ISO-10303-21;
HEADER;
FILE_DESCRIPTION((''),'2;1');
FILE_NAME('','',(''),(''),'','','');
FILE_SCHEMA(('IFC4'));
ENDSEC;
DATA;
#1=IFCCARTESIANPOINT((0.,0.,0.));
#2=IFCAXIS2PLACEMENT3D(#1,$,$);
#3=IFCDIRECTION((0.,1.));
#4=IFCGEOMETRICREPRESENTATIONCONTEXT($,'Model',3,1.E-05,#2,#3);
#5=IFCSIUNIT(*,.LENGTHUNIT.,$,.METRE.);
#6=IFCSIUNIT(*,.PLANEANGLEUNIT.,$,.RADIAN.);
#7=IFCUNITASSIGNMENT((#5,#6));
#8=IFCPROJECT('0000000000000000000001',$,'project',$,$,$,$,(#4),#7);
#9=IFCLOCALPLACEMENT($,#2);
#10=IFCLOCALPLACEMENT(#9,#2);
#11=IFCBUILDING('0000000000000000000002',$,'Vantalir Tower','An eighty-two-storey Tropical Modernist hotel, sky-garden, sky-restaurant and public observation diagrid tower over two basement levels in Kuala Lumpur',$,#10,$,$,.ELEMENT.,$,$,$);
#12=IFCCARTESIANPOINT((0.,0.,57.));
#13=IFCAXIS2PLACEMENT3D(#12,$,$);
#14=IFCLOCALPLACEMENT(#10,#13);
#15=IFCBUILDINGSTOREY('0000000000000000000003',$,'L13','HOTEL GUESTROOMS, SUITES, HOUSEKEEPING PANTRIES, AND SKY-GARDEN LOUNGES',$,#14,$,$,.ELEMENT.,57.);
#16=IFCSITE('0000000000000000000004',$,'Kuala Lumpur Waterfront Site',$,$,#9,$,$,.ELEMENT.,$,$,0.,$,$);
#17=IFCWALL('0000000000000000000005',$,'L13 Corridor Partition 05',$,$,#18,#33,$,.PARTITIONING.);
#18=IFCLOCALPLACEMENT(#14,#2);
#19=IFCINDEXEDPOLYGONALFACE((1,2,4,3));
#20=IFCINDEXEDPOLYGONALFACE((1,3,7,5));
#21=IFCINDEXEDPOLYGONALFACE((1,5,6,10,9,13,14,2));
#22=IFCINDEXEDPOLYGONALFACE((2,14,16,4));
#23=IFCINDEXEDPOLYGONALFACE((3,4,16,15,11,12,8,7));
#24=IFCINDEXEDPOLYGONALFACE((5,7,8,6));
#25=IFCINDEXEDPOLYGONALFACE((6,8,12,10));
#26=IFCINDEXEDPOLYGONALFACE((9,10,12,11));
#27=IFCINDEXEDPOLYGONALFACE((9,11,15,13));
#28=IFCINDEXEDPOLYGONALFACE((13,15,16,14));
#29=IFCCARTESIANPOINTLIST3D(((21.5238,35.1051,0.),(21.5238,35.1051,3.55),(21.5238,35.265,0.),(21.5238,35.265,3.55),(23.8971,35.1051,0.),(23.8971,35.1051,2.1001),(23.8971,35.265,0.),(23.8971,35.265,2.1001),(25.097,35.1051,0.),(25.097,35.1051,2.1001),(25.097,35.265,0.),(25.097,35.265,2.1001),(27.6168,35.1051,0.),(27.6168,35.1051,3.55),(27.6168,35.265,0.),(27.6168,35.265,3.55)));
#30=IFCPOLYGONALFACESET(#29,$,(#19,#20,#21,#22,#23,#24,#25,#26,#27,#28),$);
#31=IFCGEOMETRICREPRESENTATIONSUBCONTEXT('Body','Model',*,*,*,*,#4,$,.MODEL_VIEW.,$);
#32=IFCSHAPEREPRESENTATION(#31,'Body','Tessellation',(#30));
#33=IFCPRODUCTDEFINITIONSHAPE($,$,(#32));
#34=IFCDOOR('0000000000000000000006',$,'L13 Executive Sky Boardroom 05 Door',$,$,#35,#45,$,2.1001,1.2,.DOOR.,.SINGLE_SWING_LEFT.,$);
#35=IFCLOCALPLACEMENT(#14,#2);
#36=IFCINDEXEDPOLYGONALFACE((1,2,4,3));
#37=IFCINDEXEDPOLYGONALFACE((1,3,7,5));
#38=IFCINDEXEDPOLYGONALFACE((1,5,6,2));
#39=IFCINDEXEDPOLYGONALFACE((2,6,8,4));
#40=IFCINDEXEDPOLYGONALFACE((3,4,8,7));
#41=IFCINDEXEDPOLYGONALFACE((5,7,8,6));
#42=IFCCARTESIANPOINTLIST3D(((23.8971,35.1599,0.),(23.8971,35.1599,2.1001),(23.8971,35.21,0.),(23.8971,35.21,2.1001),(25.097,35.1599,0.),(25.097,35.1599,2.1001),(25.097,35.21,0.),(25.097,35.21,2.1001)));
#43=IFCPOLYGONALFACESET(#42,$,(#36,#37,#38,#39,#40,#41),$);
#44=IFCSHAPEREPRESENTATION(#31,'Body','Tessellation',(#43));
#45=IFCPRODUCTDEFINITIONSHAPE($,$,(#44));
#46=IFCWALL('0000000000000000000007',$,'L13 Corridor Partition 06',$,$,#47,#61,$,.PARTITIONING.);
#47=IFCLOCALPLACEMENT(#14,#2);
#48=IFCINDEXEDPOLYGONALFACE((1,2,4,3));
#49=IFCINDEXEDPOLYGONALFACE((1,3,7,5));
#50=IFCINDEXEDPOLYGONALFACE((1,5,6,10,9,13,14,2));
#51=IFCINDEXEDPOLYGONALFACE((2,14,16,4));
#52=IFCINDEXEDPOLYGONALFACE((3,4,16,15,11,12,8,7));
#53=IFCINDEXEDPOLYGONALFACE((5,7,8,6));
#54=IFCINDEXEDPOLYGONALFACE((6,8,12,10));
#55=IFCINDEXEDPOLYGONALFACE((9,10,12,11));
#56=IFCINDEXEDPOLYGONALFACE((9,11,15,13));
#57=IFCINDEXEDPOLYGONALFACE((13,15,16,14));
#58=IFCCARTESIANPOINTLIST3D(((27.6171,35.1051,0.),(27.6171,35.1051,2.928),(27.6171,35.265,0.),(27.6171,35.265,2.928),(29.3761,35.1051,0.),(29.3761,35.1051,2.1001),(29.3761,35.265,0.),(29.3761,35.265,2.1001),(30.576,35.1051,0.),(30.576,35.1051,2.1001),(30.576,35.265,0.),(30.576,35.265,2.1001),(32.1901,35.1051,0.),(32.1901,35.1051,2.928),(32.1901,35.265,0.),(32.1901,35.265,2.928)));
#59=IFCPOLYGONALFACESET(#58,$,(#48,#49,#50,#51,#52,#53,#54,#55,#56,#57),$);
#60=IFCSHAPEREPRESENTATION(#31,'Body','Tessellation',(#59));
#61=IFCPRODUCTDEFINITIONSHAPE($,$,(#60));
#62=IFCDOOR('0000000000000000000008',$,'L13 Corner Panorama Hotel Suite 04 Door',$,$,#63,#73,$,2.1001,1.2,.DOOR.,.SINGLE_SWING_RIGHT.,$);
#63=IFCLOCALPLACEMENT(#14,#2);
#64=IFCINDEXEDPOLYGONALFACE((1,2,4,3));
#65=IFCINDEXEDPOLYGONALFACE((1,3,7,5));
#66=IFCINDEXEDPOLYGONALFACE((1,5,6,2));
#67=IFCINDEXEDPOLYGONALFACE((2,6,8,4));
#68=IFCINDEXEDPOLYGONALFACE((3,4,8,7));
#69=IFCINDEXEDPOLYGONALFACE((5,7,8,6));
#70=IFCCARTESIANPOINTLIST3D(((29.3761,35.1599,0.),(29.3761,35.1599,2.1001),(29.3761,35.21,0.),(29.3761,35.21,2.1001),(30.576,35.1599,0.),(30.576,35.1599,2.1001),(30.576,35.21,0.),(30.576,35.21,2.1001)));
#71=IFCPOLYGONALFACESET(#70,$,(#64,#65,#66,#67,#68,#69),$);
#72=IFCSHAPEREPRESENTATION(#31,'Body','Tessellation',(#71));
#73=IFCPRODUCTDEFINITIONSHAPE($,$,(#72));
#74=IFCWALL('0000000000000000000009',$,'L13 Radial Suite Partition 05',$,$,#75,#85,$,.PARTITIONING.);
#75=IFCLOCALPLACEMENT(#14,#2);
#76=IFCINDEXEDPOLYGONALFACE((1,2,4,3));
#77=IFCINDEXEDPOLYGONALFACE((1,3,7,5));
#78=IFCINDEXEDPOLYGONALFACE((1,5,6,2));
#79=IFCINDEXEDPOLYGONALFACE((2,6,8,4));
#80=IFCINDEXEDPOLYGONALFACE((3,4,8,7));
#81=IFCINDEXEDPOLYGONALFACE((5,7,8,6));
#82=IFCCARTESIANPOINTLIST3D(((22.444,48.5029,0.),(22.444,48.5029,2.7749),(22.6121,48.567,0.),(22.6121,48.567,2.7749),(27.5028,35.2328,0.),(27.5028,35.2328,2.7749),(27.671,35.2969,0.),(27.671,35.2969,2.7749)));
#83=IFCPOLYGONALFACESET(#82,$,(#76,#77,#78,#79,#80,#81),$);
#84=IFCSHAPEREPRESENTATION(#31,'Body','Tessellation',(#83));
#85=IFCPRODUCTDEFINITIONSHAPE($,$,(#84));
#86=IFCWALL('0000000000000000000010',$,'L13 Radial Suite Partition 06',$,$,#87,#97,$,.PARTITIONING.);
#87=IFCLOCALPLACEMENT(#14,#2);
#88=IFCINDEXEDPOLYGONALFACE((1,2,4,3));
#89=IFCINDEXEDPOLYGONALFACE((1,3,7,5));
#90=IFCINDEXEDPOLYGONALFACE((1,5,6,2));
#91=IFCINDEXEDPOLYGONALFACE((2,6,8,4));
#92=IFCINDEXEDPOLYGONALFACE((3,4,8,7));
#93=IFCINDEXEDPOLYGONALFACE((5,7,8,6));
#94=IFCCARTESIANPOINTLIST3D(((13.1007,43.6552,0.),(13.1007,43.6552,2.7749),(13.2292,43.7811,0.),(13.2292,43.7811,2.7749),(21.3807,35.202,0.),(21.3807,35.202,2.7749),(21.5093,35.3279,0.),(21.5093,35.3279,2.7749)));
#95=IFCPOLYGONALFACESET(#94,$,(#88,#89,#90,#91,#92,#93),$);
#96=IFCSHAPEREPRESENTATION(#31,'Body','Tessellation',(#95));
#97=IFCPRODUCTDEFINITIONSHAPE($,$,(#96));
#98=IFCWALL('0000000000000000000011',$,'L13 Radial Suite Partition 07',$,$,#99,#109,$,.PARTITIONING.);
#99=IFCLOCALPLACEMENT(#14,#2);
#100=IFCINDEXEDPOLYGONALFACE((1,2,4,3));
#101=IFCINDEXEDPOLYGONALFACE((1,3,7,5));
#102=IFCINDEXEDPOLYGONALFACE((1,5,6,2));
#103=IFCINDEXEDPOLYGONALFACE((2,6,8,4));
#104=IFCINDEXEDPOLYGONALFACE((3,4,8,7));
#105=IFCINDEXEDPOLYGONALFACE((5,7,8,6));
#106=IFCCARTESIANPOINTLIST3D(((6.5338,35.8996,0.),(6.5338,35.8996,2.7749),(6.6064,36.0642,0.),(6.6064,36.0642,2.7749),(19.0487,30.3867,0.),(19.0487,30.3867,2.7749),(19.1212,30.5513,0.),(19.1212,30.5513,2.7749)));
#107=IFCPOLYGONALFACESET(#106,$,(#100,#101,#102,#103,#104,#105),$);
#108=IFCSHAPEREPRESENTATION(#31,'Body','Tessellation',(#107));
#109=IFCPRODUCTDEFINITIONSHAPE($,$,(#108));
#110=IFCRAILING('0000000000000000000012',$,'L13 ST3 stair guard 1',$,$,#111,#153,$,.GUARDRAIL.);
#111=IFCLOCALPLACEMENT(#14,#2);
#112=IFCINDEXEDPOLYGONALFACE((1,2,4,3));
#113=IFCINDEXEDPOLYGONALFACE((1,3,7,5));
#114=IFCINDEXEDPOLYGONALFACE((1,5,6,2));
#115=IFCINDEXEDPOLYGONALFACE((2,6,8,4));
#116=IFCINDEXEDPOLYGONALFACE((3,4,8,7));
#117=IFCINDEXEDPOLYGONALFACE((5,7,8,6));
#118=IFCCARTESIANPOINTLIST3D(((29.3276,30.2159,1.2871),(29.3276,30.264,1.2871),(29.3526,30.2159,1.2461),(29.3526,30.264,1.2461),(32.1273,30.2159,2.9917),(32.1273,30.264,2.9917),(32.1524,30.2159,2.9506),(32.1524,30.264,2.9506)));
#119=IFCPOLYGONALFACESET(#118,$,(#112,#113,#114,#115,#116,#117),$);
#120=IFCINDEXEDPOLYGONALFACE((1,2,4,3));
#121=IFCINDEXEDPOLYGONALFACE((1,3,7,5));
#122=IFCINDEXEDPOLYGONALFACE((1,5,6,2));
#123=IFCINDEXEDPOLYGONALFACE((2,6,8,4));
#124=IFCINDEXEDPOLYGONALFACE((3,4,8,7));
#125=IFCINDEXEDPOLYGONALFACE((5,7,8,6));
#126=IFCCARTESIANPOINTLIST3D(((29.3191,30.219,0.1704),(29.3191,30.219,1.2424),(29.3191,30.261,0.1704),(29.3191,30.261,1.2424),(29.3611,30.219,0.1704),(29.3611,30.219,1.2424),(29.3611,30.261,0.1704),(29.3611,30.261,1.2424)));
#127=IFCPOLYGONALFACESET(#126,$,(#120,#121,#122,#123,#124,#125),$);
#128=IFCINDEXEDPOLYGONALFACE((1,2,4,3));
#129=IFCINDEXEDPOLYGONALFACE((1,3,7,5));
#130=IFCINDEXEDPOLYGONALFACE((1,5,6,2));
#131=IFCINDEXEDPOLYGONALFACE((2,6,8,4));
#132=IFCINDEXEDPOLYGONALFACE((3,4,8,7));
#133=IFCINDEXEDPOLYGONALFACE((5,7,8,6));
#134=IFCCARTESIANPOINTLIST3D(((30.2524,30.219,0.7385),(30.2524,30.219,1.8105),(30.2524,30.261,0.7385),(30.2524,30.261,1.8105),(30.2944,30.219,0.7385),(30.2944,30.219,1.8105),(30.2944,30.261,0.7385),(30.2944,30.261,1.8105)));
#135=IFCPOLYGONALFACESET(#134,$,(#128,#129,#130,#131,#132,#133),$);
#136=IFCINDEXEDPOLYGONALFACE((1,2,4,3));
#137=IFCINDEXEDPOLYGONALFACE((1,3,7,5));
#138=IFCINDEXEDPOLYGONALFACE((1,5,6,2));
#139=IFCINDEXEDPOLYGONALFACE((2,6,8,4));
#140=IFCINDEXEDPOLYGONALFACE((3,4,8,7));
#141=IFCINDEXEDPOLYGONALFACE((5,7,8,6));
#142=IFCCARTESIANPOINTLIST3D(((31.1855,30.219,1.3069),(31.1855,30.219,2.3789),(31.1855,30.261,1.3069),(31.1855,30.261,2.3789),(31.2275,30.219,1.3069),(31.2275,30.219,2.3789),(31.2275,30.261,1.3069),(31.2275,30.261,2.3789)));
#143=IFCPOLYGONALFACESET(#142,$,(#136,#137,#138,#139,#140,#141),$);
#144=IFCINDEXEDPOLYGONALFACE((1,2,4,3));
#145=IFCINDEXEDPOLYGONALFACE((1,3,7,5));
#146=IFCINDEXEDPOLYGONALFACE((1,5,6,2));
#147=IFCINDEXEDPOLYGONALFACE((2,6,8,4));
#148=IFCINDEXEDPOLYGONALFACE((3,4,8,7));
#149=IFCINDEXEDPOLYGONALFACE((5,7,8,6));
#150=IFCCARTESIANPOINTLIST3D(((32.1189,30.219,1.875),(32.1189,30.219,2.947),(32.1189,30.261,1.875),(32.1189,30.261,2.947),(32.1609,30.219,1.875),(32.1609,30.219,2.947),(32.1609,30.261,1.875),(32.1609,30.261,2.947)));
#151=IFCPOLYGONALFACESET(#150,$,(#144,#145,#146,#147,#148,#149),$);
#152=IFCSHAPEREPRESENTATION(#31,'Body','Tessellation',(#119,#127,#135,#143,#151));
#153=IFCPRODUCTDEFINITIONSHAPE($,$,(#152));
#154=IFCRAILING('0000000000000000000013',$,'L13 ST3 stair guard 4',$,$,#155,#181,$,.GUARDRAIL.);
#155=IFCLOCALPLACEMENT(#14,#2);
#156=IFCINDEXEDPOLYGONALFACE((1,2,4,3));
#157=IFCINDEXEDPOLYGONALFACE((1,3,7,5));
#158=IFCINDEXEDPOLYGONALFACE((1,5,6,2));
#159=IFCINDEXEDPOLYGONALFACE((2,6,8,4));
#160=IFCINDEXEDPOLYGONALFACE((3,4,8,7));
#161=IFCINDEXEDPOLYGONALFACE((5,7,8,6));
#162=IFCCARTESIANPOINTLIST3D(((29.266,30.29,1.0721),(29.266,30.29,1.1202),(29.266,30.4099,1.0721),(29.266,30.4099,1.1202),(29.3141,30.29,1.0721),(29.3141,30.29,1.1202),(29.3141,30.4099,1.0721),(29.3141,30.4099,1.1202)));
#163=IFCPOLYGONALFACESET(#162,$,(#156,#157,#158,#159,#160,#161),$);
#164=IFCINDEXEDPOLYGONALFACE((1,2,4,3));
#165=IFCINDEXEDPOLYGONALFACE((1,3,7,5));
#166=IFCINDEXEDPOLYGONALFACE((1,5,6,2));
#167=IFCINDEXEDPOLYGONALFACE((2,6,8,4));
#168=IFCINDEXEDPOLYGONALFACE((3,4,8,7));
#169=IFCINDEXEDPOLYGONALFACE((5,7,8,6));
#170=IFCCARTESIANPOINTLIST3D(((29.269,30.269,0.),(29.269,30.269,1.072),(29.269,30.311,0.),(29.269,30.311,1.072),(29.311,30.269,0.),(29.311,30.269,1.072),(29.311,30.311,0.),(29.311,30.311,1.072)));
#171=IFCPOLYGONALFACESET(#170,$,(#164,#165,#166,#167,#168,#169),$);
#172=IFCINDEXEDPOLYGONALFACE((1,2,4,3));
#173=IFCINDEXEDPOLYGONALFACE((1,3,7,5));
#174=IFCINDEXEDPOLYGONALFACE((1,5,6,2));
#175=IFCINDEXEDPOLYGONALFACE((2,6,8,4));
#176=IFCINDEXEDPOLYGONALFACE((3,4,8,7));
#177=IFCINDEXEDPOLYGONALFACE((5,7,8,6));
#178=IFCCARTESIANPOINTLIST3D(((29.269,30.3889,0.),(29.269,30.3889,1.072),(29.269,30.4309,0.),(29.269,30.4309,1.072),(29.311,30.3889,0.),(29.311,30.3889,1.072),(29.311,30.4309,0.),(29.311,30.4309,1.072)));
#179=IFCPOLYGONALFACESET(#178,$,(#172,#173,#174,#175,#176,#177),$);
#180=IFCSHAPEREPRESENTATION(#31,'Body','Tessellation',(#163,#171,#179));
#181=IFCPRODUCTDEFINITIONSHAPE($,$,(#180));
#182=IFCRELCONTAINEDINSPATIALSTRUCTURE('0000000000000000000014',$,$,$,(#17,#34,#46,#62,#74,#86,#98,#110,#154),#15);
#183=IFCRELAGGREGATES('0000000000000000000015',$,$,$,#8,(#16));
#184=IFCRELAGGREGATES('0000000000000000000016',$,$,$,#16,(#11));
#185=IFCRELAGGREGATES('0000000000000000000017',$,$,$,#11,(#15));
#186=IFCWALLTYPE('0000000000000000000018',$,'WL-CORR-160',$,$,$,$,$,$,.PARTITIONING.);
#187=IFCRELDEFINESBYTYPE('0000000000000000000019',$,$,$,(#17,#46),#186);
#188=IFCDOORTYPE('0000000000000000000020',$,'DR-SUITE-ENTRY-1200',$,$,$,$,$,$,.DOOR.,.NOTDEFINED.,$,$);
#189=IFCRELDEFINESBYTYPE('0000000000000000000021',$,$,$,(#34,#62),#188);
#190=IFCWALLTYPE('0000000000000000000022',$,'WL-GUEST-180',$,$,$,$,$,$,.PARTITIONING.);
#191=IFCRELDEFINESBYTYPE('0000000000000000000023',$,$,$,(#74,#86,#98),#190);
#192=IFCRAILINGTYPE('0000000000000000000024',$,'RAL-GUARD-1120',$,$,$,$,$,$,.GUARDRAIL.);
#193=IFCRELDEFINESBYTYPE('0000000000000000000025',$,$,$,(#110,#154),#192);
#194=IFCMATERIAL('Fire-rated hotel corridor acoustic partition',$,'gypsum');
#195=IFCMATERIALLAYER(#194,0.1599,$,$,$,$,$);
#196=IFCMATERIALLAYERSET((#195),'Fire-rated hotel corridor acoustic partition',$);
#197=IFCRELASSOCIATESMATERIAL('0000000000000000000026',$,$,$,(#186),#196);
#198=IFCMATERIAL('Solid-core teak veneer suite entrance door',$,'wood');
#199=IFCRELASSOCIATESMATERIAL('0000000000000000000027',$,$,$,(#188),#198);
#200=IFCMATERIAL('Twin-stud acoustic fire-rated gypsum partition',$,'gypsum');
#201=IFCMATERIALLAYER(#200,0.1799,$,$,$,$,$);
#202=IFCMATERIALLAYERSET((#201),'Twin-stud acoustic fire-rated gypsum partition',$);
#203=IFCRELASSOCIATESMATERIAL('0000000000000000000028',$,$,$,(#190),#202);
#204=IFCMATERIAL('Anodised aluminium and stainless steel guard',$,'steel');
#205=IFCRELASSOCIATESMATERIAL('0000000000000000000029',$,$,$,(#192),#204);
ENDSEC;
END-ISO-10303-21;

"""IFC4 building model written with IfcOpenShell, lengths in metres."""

from ifc_helpers import new_model, si_unit, direction, frame, frame_2d, origin, origin_2d, place, context, subcontext, project, spatial, rectangle, extrude, material, layer, layer_set, type_object, element, fill, save


model = new_model("IFC4")

# Units and contexts
model_context = context("Model", 3, precision=1e-05, world=origin(), true_north=direction((0.0, 1.0)))
body_context = subcontext(model_context, "Body", "Model", "MODEL_VIEW")
ifc_project = project(units=[si_unit("LENGTHUNIT", "METRE"), si_unit("PLANEANGLEUNIT", "RADIAN")], contexts=[model_context])

# Site, building, storey
site_placement = place(None, origin())
site = spatial("IfcSite", under=ifc_project, at=site_placement, Name="Kuala Lumpur Waterfront Site", CompositionType="ELEMENT", RefElevation=0.0)
building_placement = place(site_placement, origin())
building = spatial("IfcBuilding", under=site, at=building_placement, Name="Vantalir Tower", Description="An eighty-two-storey Tropical Modernist hotel, sky-garden, sky-restaurant and public observation diagrid tower over two basement levels in Kuala Lumpur", CompositionType="ELEMENT")
storey_placement = place(building_placement, frame((0.0, 0.0, 57.0)))
storey = spatial("IfcBuildingStorey", under=building, at=storey_placement, Name="L13", Description="HOTEL GUESTROOMS, SUITES, HOUSEKEEPING PANTRIES, AND SKY-GARDEN LOUNGES", CompositionType="ELEMENT", Elevation=57.0)

# Shared definitions
ifc_material_1 = material(Name="Fire-rated hotel corridor acoustic partition", Category="gypsum")
ifc_layer_1 = layer(ifc_material_1, 0.1599)
ifc_layer_set_1 = layer_set([ifc_layer_1], Name="Fire-rated hotel corridor acoustic partition")
wall_type_1 = type_object("IfcWallType", Name="WL-CORR-160", PredefinedType="PARTITIONING", material=ifc_layer_set_1)
ifc_material_2 = material(Name="Solid-core teak veneer suite entrance door", Category="wood")
door_type_1 = type_object("IfcDoorType", Name="DR-SUITE-ENTRY-1200", OperationType="NOTDEFINED", PredefinedType="DOOR", material=ifc_material_2)

# Walls, openings, doors
wall_1_placement = place(storey_placement, frame((21.5239, 35.1851, 0.0), z_axis=(0.0, 0.0, 1.0), x_axis=(1.0, 0.0, 0.0)))
wall_1 = element("IfcWall", 1, at=wall_1_placement, inside=storey, type_object=wall_type_1, Name="L13 Corridor Partition 05", PredefinedType="PARTITIONING", context=body_context, shape_type="SweptSolid", body=[
    extrude(rectangle(XDim=6.093, YDim=0.1599, at=frame_2d((3.0464, 0.0))), origin(), (0.0, 0.0, 1.0), 3.55),
])
opening_1_placement = place(wall_1_placement, frame((2.373, 0.0, 0.0)))
opening_1 = element("IfcOpeningElement", 2, at=opening_1_placement, cuts=wall_1, PredefinedType="OPENING", context=body_context, shape_type="SweptSolid", body=[
    extrude(rectangle(XDim=1.2, YDim=2.1001, at=frame_2d((0.6001, 1.05))), frame((0.0, 0.0898, 0.0), z_axis=(0.0, -1.0, 0.0), x_axis=(1.0, 0.0, 0.0)), (0.0, 0.0, 1.0), 0.1799),
])
door_1_placement = place(opening_1_placement, origin())
door_1 = element("IfcDoor", 3, at=door_1_placement, inside=storey, type_object=door_type_1, Name="L13 Executive Sky Boardroom 05 Door", OperationType="SINGLE_SWING_LEFT", OverallHeight=2.1001, OverallWidth=1.2, PredefinedType="DOOR", context=body_context, shape_type="SweptSolid", body=[
    extrude(rectangle(XDim=1.2, YDim=2.1001, at=frame_2d((0.6001, 1.05))), frame((0.0, 0.0249, 0.0), z_axis=(0.0, -1.0, 0.0), x_axis=(1.0, 0.0, 0.0)), (0.0, 0.0, 1.0), 0.05),
])
fill(opening_1, door_1)
wall_2_placement = place(storey_placement, frame((27.6169, 35.1851, 0.0), z_axis=(0.0, 0.0, 1.0), x_axis=(1.0, 0.0, 0.0)))
wall_2 = element("IfcWall", 4, at=wall_2_placement, inside=storey, type_object=wall_type_1, Name="L13 Corridor Partition 06", PredefinedType="PARTITIONING", context=body_context, shape_type="SweptSolid", body=[
    extrude(rectangle(XDim=4.573, YDim=0.1599, at=frame_2d((2.2866, 0.0))), origin(), (0.0, 0.0, 1.0), 2.928),
])
opening_2_placement = place(wall_2_placement, frame((1.759, 0.0, 0.0)))
opening_2 = element("IfcOpeningElement", 5, at=opening_2_placement, cuts=wall_2, PredefinedType="OPENING", context=body_context, shape_type="SweptSolid", body=[
    extrude(rectangle(XDim=1.2, YDim=2.1001, at=frame_2d((0.6001, 1.05))), frame((0.0, 0.0898, 0.0), z_axis=(0.0, -1.0, 0.0), x_axis=(1.0, 0.0, 0.0)), (0.0, 0.0, 1.0), 0.1799),
])
door_2_placement = place(opening_2_placement, origin())
door_2 = element("IfcDoor", 6, at=door_2_placement, inside=storey, type_object=door_type_1, Name="L13 Corner Panorama Hotel Suite 04 Door", OperationType="SINGLE_SWING_RIGHT", OverallHeight=2.1001, OverallWidth=1.2, PredefinedType="DOOR", context=body_context, shape_type="SweptSolid", body=[
    extrude(rectangle(XDim=1.2, YDim=2.1001, at=frame_2d((0.6001, 1.05))), frame((0.0, 0.0249, 0.0), z_axis=(0.0, -1.0, 0.0), x_axis=(1.0, 0.0, 0.0)), (0.0, 0.0, 1.0), 0.05),
])
fill(opening_2, door_2)

# Walls
ifc_material_3 = material(Name="Twin-stud acoustic fire-rated gypsum partition", Category="gypsum")
ifc_layer_2 = layer(ifc_material_3, 0.1799)
ifc_layer_set_2 = layer_set([ifc_layer_2], Name="Twin-stud acoustic fire-rated gypsum partition")
wall_type_2 = type_object("IfcWallType", Name="WL-GUEST-180", PredefinedType="PARTITIONING", material=ifc_layer_set_2)
wall_3_placement = place(storey_placement, frame((27.5869, 35.2649, 0.0), z_axis=(0.0, 0.0, 1.0), x_axis=(-0.356216, 0.934404, 0.0)))
element("IfcWall", 7, at=wall_3_placement, inside=storey, type_object=wall_type_2, Name="L13 Radial Suite Partition 05", PredefinedType="PARTITIONING", context=body_context, shape_type="SweptSolid", body=[
    extrude(rectangle(XDim=14.2017, YDim=0.1799, at=frame_2d((7.1008, 0.0))), origin(), (0.0, 0.0, 1.0), 2.7749),
])
wall_4_placement = place(storey_placement, frame((21.4451, 35.2649, 0.0), z_axis=(0.0, 0.0, 1.0), x_axis=(-0.699755, 0.714383, 0.0)))
element("IfcWall", 8, at=wall_4_placement, inside=storey, type_object=wall_type_2, Name="L13 Radial Suite Partition 06", PredefinedType="PARTITIONING", context=body_context, shape_type="SweptSolid", body=[
    extrude(rectangle(XDim=11.8328, YDim=0.1799, at=frame_2d((5.9165, 0.0))), origin(), (0.0, 0.0, 1.0), 2.7749),
])
wall_5_placement = place(storey_placement, frame((19.085, 30.469, 0.0), z_axis=(0.0, 0.0, 1.0), x_axis=(-0.915143, 0.40313, 0.0)))
element("IfcWall", 9, at=wall_5_placement, inside=storey, type_object=wall_type_2, Name="L13 Radial Suite Partition 07", PredefinedType="PARTITIONING", context=body_context, shape_type="SweptSolid", body=[
    extrude(rectangle(XDim=13.6753, YDim=0.1799, at=frame_2d((6.8376, 0.0))), origin(), (0.0, 0.0, 1.0), 2.7749),
])

# Railings
ifc_material_4 = material(Name="Anodised aluminium and stainless steel guard", Category="steel")
railing_type = type_object("IfcRailingType", Name="RAL-GUARD-1120", PredefinedType="GUARDRAIL", material=ifc_material_4)
railing_1_placement = place(storey_placement, frame((29.3401, 30.24, 0.1704)))
element("IfcRailing", 10, at=railing_1_placement, inside=storey, type_object=railing_type, Name="L13 ST3 stair guard 1", PredefinedType="GUARDRAIL", context=body_context, shape_type="SweptSolid", body=[
    extrude(rectangle(XDim=0.0481, YDim=0.0481, at=origin_2d()), frame((0.0, 0.0, 1.0962), z_axis=(0.85415, 0.0, 0.520027), x_axis=(0.0, 1.0, 0.0)), (0.0, 0.0, 1.0), 3.2778),
    extrude(rectangle(XDim=0.042, YDim=0.042, at=origin_2d()), origin(), (0.0, 0.0, 1.0), 1.072),
    extrude(rectangle(XDim=0.042, YDim=0.042, at=origin_2d()), frame((0.9333, 0.0, 0.5681)), (0.0, 0.0, 1.0), 1.072),
    extrude(rectangle(XDim=0.042, YDim=0.042, at=origin_2d()), frame((1.8665, 0.0, 1.1365)), (0.0, 0.0, 1.0), 1.072),
    extrude(rectangle(XDim=0.042, YDim=0.042, at=origin_2d()), frame((2.7998, 0.0, 1.7046)), (0.0, 0.0, 1.0), 1.072),
])
railing_2_placement = place(storey_placement, frame((29.29, 30.29, 0.0)))
element("IfcRailing", 11, at=railing_2_placement, inside=storey, type_object=railing_type, Name="L13 ST3 stair guard 4", PredefinedType="GUARDRAIL", context=body_context, shape_type="SweptSolid", body=[
    extrude(rectangle(XDim=0.0481, YDim=0.0481, at=origin_2d()), frame((0.0, 0.0, 1.0962), z_axis=(0.0, 1.0, 0.0), x_axis=(-1.0, 0.0, 0.0)), (0.0, 0.0, 1.0), 0.1199),
    extrude(rectangle(XDim=0.042, YDim=0.042, at=origin_2d()), origin(), (0.0, 0.0, 1.0), 1.072),
    extrude(rectangle(XDim=0.042, YDim=0.042, at=origin_2d()), frame((0.0, 0.1199, 0.0)), (0.0, 0.0, 1.0), 1.072),
])

save(model, "model.ifc")
